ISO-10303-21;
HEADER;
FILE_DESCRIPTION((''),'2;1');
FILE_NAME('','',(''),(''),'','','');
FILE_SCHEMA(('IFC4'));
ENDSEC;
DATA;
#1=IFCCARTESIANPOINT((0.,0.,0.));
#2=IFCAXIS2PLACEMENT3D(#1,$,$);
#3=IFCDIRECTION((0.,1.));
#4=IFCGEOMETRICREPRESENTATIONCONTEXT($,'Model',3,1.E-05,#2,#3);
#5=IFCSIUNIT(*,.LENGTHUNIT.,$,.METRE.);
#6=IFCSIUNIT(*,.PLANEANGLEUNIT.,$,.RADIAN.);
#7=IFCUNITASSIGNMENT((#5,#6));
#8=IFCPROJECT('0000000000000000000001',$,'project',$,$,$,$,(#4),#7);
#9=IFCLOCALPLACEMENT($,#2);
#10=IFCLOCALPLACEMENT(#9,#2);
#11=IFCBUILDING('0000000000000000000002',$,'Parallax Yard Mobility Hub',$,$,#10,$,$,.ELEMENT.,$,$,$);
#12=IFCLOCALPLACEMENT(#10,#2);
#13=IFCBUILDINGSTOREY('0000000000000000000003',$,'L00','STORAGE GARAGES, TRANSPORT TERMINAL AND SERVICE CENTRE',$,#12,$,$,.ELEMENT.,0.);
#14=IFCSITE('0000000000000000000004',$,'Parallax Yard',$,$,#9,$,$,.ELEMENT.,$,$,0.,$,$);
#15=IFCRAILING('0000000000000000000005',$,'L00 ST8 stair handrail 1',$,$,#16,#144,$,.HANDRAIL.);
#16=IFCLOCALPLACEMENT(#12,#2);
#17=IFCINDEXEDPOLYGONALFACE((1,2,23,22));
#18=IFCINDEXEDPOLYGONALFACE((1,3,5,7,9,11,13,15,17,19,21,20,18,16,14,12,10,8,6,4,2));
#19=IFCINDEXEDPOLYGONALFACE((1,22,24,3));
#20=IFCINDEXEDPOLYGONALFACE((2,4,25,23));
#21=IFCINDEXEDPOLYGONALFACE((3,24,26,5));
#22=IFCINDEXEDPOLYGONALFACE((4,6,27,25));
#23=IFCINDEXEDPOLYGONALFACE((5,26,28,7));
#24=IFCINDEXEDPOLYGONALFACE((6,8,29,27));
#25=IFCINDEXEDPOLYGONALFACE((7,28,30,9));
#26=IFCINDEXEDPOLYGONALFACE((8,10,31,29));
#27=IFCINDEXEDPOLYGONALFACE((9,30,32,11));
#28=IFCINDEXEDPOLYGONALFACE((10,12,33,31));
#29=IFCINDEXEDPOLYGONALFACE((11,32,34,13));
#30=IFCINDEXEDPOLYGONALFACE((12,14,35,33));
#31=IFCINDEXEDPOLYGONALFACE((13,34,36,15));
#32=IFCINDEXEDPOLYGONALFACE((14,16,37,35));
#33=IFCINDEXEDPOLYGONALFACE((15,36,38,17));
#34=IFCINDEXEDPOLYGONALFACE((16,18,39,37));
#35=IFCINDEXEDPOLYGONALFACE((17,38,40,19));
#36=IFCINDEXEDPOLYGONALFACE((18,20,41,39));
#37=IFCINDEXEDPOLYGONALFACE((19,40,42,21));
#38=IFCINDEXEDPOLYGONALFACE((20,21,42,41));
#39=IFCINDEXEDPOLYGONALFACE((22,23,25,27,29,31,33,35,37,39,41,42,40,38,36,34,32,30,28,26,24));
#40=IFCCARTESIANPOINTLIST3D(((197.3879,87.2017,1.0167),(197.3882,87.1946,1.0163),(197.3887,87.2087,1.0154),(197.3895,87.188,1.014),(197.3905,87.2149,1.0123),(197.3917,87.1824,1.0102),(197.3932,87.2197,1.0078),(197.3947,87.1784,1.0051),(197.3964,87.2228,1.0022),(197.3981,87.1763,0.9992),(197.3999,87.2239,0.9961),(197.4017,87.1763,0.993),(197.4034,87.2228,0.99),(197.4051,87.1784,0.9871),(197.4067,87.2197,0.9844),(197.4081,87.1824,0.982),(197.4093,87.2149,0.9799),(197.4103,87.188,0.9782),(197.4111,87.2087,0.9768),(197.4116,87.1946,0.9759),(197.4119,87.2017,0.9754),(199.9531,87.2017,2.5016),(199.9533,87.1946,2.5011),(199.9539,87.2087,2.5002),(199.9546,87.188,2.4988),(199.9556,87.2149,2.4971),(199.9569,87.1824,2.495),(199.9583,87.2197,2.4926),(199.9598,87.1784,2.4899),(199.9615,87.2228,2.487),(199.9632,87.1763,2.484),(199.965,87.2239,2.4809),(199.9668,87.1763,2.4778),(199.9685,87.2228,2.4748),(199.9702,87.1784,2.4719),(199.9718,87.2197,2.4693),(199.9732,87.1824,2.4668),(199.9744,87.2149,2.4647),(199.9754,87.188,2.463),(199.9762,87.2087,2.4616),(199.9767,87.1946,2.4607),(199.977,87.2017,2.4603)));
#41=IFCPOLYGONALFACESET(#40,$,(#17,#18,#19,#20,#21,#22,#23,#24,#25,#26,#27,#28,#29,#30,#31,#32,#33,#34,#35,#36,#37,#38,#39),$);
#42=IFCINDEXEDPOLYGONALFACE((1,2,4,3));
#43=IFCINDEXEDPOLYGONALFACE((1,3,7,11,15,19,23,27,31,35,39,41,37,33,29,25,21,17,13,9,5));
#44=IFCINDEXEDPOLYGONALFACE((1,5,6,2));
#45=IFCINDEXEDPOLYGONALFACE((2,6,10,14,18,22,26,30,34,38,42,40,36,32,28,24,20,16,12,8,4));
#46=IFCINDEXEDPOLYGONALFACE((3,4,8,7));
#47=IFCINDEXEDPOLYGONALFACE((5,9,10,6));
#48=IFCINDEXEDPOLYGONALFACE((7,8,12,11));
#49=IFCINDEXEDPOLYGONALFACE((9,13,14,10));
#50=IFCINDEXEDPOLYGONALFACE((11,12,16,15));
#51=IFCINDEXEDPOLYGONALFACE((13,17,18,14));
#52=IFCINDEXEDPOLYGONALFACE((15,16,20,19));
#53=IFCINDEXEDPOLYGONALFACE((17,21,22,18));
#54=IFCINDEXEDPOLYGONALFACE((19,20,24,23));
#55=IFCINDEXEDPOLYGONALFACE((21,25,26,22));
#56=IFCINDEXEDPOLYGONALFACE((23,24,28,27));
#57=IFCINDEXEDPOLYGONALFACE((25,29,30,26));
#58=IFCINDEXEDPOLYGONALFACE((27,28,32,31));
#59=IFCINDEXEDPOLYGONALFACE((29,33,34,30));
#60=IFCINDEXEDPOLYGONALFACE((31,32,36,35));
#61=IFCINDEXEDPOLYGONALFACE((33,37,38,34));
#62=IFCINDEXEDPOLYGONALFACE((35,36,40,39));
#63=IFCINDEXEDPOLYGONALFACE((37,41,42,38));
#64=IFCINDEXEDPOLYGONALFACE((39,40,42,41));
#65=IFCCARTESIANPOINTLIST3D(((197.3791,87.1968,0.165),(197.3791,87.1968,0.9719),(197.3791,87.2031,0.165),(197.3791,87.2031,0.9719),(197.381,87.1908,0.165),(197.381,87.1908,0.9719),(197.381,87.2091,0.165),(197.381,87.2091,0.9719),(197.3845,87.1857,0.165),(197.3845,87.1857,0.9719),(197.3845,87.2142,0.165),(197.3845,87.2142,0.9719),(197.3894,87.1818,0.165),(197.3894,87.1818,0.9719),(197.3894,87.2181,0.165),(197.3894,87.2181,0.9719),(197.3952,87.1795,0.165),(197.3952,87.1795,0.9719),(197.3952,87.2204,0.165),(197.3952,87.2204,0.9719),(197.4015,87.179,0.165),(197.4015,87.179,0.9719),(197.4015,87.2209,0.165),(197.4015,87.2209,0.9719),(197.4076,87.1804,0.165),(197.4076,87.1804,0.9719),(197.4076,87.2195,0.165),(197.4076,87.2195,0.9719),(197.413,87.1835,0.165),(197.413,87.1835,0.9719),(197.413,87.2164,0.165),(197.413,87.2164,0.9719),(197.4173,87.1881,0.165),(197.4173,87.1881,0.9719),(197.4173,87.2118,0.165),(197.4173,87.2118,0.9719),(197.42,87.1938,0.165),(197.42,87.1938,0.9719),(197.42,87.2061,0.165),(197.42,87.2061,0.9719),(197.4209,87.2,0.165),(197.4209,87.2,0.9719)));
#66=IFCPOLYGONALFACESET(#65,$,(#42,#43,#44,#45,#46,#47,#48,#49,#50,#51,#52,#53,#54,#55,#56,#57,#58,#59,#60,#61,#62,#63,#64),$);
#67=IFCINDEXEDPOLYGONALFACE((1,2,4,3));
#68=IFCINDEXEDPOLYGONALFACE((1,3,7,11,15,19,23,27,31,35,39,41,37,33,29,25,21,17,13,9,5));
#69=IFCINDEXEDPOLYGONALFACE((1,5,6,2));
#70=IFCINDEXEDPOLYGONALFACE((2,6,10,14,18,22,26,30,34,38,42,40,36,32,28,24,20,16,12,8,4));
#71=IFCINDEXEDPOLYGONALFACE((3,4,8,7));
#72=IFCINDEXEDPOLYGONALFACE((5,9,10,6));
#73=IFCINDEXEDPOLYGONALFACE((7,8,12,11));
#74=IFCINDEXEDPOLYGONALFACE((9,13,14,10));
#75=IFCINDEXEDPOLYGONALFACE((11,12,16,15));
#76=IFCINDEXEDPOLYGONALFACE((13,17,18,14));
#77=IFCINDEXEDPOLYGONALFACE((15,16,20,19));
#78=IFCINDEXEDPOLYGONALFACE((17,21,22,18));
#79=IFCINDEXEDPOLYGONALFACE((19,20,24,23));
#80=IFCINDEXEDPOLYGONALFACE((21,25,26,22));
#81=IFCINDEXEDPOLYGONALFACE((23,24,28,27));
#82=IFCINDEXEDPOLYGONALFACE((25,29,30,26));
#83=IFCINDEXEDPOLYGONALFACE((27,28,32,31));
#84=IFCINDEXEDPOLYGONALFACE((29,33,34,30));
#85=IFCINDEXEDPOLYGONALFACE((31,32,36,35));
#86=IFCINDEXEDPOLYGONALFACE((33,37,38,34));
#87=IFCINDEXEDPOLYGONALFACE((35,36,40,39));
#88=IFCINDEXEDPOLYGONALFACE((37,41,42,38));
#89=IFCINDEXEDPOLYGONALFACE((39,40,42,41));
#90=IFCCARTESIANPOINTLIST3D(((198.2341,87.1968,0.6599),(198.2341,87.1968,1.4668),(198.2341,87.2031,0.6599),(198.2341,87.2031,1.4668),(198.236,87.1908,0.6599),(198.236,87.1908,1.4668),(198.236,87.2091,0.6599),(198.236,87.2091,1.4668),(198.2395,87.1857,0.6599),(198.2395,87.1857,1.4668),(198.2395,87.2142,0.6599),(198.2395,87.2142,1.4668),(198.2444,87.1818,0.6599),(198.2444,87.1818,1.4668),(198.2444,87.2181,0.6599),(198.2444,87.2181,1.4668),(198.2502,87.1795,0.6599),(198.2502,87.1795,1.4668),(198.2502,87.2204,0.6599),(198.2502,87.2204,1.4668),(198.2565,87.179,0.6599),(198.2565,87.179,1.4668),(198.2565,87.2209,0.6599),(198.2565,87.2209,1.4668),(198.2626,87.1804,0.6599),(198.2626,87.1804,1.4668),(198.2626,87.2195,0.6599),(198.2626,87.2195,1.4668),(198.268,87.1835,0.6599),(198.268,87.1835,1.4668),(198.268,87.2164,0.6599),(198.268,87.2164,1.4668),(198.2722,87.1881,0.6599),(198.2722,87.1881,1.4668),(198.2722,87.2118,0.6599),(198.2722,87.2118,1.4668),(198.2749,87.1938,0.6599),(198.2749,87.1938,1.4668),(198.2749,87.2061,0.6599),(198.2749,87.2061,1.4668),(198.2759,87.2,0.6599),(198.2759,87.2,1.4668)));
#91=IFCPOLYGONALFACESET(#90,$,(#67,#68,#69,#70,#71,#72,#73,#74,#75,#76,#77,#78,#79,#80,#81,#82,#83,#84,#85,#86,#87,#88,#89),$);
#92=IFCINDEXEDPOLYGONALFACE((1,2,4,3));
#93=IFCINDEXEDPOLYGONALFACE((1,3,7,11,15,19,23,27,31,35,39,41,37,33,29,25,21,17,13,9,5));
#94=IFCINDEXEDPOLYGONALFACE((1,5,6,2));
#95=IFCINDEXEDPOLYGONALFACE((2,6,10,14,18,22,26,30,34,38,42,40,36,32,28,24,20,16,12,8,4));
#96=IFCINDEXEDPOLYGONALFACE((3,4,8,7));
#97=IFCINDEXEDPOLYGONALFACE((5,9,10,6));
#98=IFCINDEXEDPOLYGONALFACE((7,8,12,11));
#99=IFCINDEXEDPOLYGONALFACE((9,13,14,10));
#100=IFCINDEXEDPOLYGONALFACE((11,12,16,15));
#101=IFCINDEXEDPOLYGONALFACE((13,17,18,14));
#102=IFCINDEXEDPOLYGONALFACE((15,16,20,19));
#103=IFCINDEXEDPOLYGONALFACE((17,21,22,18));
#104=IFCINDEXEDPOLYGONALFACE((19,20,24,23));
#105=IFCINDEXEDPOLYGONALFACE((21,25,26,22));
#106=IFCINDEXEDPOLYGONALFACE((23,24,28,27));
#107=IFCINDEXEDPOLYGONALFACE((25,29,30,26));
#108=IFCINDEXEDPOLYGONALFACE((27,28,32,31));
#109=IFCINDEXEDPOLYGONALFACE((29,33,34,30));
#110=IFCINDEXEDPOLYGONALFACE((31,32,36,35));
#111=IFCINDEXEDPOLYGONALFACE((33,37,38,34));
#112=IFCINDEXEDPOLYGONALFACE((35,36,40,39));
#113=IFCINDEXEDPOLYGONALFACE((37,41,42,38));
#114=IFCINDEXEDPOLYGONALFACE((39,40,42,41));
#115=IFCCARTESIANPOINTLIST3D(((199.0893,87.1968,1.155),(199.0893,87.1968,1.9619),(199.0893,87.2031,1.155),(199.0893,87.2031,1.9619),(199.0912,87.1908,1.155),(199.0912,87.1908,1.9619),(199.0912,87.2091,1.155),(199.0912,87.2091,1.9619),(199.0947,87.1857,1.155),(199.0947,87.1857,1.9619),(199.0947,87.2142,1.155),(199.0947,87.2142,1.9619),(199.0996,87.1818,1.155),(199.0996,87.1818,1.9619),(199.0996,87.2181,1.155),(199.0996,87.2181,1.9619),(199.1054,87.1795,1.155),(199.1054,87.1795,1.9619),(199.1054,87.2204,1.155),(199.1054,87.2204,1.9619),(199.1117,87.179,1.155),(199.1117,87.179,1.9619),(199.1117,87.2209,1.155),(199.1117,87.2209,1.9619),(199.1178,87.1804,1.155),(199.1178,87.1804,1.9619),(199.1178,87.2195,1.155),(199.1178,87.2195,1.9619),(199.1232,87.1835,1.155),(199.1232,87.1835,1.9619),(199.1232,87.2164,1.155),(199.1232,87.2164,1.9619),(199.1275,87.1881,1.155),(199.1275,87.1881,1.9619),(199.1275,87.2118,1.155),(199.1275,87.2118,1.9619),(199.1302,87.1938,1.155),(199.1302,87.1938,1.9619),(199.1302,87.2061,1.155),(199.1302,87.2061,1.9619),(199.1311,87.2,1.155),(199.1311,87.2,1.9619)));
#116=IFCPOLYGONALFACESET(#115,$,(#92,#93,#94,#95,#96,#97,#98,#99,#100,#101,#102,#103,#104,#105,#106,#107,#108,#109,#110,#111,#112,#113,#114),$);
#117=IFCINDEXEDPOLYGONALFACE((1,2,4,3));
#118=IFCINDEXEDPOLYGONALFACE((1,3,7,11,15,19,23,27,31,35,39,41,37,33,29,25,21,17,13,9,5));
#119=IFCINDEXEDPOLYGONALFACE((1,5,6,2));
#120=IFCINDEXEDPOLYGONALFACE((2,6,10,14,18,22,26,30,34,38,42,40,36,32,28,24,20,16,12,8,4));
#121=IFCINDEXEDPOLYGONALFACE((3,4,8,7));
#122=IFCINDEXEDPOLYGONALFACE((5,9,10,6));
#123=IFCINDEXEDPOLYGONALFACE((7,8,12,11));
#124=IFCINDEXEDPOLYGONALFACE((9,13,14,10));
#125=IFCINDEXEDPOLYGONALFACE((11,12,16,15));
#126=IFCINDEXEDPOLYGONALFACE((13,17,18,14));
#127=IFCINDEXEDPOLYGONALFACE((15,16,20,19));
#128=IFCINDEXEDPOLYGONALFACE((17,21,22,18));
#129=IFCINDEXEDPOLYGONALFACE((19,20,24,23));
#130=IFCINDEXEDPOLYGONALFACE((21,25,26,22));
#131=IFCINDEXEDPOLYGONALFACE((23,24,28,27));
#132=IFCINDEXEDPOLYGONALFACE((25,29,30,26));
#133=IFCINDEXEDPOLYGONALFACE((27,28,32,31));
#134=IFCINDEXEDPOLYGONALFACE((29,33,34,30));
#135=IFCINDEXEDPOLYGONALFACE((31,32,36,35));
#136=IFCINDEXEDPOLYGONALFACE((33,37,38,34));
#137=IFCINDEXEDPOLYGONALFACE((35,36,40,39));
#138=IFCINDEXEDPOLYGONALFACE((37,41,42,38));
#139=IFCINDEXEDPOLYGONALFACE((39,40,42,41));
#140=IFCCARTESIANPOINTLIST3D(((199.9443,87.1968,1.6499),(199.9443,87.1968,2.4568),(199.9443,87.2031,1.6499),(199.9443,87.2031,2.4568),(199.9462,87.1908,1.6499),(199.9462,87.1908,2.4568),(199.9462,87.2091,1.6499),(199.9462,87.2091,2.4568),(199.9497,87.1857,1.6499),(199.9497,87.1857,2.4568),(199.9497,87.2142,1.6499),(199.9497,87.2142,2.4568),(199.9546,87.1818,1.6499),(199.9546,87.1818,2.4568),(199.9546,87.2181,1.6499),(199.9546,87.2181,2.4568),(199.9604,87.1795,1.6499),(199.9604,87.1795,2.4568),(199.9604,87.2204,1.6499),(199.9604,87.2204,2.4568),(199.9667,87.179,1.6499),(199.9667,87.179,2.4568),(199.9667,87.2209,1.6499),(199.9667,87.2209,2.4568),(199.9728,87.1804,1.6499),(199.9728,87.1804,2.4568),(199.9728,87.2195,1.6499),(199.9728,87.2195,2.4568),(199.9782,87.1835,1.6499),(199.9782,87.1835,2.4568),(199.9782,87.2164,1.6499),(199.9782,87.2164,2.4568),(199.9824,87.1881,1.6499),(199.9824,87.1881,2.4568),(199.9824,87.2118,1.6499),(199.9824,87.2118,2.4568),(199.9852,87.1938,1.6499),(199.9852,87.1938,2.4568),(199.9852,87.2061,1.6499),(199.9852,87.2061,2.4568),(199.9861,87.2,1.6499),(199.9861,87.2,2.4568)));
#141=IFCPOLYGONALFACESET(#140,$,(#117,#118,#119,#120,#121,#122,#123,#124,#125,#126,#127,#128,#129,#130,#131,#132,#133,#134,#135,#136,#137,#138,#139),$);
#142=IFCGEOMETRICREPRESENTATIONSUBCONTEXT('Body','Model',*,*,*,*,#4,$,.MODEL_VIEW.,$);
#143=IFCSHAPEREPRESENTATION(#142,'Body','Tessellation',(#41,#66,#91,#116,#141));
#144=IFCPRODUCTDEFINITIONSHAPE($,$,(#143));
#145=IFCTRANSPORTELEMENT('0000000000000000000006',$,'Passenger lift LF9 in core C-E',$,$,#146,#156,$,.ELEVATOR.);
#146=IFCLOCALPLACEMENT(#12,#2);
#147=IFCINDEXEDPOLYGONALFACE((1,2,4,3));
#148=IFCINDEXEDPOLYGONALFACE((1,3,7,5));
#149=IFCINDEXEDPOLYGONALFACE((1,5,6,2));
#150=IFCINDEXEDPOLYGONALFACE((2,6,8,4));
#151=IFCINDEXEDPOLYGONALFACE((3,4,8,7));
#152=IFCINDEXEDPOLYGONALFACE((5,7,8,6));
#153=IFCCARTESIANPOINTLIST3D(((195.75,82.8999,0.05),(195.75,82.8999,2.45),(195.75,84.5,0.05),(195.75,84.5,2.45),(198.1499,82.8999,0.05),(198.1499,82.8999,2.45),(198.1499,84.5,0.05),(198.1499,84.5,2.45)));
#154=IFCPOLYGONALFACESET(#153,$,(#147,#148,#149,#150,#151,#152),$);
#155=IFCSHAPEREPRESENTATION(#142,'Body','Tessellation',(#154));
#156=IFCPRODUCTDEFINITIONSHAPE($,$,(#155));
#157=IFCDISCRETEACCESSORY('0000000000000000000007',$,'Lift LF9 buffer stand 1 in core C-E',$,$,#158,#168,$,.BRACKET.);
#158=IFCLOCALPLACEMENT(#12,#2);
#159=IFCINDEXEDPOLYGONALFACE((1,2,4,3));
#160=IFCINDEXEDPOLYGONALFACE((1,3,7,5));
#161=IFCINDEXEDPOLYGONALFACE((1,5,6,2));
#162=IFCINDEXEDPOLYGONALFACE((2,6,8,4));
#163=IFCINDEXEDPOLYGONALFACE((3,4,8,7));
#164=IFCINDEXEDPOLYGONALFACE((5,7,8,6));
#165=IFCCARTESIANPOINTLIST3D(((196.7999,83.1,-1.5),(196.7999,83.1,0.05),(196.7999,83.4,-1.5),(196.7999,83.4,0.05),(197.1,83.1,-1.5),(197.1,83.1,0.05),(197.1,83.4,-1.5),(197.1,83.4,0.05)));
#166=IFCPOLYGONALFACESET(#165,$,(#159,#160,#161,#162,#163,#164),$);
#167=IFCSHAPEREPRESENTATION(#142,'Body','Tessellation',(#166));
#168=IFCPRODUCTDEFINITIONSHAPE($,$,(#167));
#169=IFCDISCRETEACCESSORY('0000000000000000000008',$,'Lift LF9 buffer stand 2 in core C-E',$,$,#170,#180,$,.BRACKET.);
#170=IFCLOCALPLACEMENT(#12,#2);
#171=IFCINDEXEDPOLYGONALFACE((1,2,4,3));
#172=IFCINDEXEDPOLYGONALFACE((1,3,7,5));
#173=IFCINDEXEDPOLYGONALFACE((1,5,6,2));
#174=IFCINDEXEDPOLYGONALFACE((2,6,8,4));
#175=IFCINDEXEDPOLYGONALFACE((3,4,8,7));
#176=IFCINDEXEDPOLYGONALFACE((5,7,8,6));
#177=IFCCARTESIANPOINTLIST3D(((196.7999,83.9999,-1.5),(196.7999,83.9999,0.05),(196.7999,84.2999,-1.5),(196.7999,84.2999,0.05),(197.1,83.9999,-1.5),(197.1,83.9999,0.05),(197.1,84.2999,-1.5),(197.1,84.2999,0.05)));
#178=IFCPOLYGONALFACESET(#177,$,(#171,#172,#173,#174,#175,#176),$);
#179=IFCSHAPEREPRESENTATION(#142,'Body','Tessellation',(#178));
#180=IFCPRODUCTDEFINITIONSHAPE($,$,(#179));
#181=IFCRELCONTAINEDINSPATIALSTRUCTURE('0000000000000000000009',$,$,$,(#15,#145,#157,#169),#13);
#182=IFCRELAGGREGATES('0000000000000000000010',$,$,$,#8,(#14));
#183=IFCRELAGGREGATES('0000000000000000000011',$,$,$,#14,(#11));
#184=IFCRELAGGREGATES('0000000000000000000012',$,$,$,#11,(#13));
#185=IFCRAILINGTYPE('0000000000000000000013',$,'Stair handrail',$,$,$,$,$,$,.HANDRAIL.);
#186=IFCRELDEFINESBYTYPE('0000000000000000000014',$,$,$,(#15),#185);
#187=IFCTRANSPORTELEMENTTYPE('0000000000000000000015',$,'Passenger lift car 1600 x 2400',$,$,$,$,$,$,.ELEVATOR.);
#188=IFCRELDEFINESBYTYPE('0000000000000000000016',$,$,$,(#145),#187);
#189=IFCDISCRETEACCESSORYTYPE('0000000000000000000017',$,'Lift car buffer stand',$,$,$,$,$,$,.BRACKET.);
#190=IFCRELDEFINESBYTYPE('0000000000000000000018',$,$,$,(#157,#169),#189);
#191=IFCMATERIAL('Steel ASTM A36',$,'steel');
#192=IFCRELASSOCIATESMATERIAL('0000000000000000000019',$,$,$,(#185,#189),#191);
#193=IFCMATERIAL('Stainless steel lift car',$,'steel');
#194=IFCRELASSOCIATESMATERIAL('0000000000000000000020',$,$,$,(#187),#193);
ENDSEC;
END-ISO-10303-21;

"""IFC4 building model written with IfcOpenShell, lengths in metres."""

from ifc_helpers import new_model, si_unit, direction, frame, origin, origin_2d, place, context, subcontext, project, spatial, rectangle, circle, extrude, material, type_object, element, save


model = new_model("IFC4")

# Units and contexts
model_context = context("Model", 3, precision=1e-05, world=origin(), true_north=direction((0.0, 1.0)))
body_context = subcontext(model_context, "Body", "Model", "MODEL_VIEW")
ifc_project = project(units=[si_unit("LENGTHUNIT", "METRE"), si_unit("PLANEANGLEUNIT", "RADIAN")], contexts=[model_context])

# Site, building, storey
site_placement = place(None, origin())
site = spatial("IfcSite", under=ifc_project, at=site_placement, Name="Parallax Yard", CompositionType="ELEMENT", RefElevation=0.0)
building_placement = place(site_placement, origin())
building = spatial("IfcBuilding", under=site, at=building_placement, Name="Parallax Yard Mobility Hub", CompositionType="ELEMENT")
storey_placement = place(building_placement, origin())
storey = spatial("IfcBuildingStorey", under=building, at=storey_placement, Name="L00", Description="STORAGE GARAGES, TRANSPORT TERMINAL AND SERVICE CENTRE", CompositionType="ELEMENT", Elevation=0.0)

# Railing
ifc_material_1 = material(Name="Steel ASTM A36", Category="steel")
railing_type_1 = type_object("IfcRailingType", Name="Stair handrail", PredefinedType="HANDRAIL", material=ifc_material_1)
railing_1_placement = place(storey_placement, frame((197.3999, 87.2, 0.165)))
element("IfcRailing", 1, at=railing_1_placement, inside=storey, type_object=railing_type_1, Name="L00 ST8 stair handrail 1", PredefinedType="HANDRAIL", context=body_context, shape_type="SweptSolid", body=[
    extrude(circle(Radius=0.0239, at=origin_2d()), frame((0.0, 0.0, 0.8311), z_axis=(0.865462, 0.0, 0.500975), x_axis=(0.0, 1.0, 0.0)), (0.0, 0.0, 1.0), 2.9639),
    extrude(circle(Radius=0.021, at=origin_2d()), origin(), (0.0, 0.0, 1.0), 0.8069),
    extrude(circle(Radius=0.021, at=origin_2d()), frame((0.855, 0.0, 0.4949)), (0.0, 0.0, 1.0), 0.8069),
    extrude(circle(Radius=0.021, at=origin_2d()), frame((1.7102, 0.0, 0.99)), (0.0, 0.0, 1.0), 0.8069),
    extrude(circle(Radius=0.021, at=origin_2d()), frame((2.5652, 0.0, 1.4849)), (0.0, 0.0, 1.0), 0.8069),
])

# Transport element
ifc_material_2 = material(Name="Stainless steel lift car", Category="steel")
transport_element_type = type_object("IfcTransportElementType", Name="Passenger lift car 1600 x 2400", PredefinedType="ELEVATOR", material=ifc_material_2)
transport_element_placement = place(storey_placement, frame((196.95, 83.7, 0.05), z_axis=(0.0, 0.0, 1.0), x_axis=(0.0, 1.0, 0.0)))
element("IfcTransportElement", 2, at=transport_element_placement, inside=storey, type_object=transport_element_type, Name="Passenger lift LF9 in core C-E", PredefinedType="ELEVATOR", context=body_context, shape_type="SweptSolid", body=[
    extrude(rectangle(XDim=1.6001, YDim=2.3999, at=origin_2d()), origin(), (0.0, 0.0, 1.0), 2.3999),
])

# Discrete accessories
discrete_accessory_type = type_object("IfcDiscreteAccessoryType", Name="Lift car buffer stand", PredefinedType="BRACKET", material=ifc_material_1)
for number, where, z_axis, x_axis, name in (
    (3, (196.95, 83.25, -1.5), (0.0, 0.0, 1.0), (0.0, 1.0, 0.0), "Lift LF9 buffer stand 1 in core C-E"),
    (4, (196.95, 84.1499, -1.5), (0.0, 0.0, 1.0), (0.0, 1.0, 0.0), "Lift LF9 buffer stand 2 in core C-E"),
):
    element("IfcDiscreteAccessory", number, at=place(storey_placement, frame(where, z_axis=z_axis, x_axis=x_axis)), inside=storey, type_object=discrete_accessory_type, Name=name, PredefinedType="BRACKET", context=body_context, shape_type="SweptSolid", body=[
        extrude(rectangle(XDim=0.3, YDim=0.3, at=origin_2d()), origin(), (0.0, 0.0, 1.0), 1.55),
    ])

save(model, "model.ifc")
